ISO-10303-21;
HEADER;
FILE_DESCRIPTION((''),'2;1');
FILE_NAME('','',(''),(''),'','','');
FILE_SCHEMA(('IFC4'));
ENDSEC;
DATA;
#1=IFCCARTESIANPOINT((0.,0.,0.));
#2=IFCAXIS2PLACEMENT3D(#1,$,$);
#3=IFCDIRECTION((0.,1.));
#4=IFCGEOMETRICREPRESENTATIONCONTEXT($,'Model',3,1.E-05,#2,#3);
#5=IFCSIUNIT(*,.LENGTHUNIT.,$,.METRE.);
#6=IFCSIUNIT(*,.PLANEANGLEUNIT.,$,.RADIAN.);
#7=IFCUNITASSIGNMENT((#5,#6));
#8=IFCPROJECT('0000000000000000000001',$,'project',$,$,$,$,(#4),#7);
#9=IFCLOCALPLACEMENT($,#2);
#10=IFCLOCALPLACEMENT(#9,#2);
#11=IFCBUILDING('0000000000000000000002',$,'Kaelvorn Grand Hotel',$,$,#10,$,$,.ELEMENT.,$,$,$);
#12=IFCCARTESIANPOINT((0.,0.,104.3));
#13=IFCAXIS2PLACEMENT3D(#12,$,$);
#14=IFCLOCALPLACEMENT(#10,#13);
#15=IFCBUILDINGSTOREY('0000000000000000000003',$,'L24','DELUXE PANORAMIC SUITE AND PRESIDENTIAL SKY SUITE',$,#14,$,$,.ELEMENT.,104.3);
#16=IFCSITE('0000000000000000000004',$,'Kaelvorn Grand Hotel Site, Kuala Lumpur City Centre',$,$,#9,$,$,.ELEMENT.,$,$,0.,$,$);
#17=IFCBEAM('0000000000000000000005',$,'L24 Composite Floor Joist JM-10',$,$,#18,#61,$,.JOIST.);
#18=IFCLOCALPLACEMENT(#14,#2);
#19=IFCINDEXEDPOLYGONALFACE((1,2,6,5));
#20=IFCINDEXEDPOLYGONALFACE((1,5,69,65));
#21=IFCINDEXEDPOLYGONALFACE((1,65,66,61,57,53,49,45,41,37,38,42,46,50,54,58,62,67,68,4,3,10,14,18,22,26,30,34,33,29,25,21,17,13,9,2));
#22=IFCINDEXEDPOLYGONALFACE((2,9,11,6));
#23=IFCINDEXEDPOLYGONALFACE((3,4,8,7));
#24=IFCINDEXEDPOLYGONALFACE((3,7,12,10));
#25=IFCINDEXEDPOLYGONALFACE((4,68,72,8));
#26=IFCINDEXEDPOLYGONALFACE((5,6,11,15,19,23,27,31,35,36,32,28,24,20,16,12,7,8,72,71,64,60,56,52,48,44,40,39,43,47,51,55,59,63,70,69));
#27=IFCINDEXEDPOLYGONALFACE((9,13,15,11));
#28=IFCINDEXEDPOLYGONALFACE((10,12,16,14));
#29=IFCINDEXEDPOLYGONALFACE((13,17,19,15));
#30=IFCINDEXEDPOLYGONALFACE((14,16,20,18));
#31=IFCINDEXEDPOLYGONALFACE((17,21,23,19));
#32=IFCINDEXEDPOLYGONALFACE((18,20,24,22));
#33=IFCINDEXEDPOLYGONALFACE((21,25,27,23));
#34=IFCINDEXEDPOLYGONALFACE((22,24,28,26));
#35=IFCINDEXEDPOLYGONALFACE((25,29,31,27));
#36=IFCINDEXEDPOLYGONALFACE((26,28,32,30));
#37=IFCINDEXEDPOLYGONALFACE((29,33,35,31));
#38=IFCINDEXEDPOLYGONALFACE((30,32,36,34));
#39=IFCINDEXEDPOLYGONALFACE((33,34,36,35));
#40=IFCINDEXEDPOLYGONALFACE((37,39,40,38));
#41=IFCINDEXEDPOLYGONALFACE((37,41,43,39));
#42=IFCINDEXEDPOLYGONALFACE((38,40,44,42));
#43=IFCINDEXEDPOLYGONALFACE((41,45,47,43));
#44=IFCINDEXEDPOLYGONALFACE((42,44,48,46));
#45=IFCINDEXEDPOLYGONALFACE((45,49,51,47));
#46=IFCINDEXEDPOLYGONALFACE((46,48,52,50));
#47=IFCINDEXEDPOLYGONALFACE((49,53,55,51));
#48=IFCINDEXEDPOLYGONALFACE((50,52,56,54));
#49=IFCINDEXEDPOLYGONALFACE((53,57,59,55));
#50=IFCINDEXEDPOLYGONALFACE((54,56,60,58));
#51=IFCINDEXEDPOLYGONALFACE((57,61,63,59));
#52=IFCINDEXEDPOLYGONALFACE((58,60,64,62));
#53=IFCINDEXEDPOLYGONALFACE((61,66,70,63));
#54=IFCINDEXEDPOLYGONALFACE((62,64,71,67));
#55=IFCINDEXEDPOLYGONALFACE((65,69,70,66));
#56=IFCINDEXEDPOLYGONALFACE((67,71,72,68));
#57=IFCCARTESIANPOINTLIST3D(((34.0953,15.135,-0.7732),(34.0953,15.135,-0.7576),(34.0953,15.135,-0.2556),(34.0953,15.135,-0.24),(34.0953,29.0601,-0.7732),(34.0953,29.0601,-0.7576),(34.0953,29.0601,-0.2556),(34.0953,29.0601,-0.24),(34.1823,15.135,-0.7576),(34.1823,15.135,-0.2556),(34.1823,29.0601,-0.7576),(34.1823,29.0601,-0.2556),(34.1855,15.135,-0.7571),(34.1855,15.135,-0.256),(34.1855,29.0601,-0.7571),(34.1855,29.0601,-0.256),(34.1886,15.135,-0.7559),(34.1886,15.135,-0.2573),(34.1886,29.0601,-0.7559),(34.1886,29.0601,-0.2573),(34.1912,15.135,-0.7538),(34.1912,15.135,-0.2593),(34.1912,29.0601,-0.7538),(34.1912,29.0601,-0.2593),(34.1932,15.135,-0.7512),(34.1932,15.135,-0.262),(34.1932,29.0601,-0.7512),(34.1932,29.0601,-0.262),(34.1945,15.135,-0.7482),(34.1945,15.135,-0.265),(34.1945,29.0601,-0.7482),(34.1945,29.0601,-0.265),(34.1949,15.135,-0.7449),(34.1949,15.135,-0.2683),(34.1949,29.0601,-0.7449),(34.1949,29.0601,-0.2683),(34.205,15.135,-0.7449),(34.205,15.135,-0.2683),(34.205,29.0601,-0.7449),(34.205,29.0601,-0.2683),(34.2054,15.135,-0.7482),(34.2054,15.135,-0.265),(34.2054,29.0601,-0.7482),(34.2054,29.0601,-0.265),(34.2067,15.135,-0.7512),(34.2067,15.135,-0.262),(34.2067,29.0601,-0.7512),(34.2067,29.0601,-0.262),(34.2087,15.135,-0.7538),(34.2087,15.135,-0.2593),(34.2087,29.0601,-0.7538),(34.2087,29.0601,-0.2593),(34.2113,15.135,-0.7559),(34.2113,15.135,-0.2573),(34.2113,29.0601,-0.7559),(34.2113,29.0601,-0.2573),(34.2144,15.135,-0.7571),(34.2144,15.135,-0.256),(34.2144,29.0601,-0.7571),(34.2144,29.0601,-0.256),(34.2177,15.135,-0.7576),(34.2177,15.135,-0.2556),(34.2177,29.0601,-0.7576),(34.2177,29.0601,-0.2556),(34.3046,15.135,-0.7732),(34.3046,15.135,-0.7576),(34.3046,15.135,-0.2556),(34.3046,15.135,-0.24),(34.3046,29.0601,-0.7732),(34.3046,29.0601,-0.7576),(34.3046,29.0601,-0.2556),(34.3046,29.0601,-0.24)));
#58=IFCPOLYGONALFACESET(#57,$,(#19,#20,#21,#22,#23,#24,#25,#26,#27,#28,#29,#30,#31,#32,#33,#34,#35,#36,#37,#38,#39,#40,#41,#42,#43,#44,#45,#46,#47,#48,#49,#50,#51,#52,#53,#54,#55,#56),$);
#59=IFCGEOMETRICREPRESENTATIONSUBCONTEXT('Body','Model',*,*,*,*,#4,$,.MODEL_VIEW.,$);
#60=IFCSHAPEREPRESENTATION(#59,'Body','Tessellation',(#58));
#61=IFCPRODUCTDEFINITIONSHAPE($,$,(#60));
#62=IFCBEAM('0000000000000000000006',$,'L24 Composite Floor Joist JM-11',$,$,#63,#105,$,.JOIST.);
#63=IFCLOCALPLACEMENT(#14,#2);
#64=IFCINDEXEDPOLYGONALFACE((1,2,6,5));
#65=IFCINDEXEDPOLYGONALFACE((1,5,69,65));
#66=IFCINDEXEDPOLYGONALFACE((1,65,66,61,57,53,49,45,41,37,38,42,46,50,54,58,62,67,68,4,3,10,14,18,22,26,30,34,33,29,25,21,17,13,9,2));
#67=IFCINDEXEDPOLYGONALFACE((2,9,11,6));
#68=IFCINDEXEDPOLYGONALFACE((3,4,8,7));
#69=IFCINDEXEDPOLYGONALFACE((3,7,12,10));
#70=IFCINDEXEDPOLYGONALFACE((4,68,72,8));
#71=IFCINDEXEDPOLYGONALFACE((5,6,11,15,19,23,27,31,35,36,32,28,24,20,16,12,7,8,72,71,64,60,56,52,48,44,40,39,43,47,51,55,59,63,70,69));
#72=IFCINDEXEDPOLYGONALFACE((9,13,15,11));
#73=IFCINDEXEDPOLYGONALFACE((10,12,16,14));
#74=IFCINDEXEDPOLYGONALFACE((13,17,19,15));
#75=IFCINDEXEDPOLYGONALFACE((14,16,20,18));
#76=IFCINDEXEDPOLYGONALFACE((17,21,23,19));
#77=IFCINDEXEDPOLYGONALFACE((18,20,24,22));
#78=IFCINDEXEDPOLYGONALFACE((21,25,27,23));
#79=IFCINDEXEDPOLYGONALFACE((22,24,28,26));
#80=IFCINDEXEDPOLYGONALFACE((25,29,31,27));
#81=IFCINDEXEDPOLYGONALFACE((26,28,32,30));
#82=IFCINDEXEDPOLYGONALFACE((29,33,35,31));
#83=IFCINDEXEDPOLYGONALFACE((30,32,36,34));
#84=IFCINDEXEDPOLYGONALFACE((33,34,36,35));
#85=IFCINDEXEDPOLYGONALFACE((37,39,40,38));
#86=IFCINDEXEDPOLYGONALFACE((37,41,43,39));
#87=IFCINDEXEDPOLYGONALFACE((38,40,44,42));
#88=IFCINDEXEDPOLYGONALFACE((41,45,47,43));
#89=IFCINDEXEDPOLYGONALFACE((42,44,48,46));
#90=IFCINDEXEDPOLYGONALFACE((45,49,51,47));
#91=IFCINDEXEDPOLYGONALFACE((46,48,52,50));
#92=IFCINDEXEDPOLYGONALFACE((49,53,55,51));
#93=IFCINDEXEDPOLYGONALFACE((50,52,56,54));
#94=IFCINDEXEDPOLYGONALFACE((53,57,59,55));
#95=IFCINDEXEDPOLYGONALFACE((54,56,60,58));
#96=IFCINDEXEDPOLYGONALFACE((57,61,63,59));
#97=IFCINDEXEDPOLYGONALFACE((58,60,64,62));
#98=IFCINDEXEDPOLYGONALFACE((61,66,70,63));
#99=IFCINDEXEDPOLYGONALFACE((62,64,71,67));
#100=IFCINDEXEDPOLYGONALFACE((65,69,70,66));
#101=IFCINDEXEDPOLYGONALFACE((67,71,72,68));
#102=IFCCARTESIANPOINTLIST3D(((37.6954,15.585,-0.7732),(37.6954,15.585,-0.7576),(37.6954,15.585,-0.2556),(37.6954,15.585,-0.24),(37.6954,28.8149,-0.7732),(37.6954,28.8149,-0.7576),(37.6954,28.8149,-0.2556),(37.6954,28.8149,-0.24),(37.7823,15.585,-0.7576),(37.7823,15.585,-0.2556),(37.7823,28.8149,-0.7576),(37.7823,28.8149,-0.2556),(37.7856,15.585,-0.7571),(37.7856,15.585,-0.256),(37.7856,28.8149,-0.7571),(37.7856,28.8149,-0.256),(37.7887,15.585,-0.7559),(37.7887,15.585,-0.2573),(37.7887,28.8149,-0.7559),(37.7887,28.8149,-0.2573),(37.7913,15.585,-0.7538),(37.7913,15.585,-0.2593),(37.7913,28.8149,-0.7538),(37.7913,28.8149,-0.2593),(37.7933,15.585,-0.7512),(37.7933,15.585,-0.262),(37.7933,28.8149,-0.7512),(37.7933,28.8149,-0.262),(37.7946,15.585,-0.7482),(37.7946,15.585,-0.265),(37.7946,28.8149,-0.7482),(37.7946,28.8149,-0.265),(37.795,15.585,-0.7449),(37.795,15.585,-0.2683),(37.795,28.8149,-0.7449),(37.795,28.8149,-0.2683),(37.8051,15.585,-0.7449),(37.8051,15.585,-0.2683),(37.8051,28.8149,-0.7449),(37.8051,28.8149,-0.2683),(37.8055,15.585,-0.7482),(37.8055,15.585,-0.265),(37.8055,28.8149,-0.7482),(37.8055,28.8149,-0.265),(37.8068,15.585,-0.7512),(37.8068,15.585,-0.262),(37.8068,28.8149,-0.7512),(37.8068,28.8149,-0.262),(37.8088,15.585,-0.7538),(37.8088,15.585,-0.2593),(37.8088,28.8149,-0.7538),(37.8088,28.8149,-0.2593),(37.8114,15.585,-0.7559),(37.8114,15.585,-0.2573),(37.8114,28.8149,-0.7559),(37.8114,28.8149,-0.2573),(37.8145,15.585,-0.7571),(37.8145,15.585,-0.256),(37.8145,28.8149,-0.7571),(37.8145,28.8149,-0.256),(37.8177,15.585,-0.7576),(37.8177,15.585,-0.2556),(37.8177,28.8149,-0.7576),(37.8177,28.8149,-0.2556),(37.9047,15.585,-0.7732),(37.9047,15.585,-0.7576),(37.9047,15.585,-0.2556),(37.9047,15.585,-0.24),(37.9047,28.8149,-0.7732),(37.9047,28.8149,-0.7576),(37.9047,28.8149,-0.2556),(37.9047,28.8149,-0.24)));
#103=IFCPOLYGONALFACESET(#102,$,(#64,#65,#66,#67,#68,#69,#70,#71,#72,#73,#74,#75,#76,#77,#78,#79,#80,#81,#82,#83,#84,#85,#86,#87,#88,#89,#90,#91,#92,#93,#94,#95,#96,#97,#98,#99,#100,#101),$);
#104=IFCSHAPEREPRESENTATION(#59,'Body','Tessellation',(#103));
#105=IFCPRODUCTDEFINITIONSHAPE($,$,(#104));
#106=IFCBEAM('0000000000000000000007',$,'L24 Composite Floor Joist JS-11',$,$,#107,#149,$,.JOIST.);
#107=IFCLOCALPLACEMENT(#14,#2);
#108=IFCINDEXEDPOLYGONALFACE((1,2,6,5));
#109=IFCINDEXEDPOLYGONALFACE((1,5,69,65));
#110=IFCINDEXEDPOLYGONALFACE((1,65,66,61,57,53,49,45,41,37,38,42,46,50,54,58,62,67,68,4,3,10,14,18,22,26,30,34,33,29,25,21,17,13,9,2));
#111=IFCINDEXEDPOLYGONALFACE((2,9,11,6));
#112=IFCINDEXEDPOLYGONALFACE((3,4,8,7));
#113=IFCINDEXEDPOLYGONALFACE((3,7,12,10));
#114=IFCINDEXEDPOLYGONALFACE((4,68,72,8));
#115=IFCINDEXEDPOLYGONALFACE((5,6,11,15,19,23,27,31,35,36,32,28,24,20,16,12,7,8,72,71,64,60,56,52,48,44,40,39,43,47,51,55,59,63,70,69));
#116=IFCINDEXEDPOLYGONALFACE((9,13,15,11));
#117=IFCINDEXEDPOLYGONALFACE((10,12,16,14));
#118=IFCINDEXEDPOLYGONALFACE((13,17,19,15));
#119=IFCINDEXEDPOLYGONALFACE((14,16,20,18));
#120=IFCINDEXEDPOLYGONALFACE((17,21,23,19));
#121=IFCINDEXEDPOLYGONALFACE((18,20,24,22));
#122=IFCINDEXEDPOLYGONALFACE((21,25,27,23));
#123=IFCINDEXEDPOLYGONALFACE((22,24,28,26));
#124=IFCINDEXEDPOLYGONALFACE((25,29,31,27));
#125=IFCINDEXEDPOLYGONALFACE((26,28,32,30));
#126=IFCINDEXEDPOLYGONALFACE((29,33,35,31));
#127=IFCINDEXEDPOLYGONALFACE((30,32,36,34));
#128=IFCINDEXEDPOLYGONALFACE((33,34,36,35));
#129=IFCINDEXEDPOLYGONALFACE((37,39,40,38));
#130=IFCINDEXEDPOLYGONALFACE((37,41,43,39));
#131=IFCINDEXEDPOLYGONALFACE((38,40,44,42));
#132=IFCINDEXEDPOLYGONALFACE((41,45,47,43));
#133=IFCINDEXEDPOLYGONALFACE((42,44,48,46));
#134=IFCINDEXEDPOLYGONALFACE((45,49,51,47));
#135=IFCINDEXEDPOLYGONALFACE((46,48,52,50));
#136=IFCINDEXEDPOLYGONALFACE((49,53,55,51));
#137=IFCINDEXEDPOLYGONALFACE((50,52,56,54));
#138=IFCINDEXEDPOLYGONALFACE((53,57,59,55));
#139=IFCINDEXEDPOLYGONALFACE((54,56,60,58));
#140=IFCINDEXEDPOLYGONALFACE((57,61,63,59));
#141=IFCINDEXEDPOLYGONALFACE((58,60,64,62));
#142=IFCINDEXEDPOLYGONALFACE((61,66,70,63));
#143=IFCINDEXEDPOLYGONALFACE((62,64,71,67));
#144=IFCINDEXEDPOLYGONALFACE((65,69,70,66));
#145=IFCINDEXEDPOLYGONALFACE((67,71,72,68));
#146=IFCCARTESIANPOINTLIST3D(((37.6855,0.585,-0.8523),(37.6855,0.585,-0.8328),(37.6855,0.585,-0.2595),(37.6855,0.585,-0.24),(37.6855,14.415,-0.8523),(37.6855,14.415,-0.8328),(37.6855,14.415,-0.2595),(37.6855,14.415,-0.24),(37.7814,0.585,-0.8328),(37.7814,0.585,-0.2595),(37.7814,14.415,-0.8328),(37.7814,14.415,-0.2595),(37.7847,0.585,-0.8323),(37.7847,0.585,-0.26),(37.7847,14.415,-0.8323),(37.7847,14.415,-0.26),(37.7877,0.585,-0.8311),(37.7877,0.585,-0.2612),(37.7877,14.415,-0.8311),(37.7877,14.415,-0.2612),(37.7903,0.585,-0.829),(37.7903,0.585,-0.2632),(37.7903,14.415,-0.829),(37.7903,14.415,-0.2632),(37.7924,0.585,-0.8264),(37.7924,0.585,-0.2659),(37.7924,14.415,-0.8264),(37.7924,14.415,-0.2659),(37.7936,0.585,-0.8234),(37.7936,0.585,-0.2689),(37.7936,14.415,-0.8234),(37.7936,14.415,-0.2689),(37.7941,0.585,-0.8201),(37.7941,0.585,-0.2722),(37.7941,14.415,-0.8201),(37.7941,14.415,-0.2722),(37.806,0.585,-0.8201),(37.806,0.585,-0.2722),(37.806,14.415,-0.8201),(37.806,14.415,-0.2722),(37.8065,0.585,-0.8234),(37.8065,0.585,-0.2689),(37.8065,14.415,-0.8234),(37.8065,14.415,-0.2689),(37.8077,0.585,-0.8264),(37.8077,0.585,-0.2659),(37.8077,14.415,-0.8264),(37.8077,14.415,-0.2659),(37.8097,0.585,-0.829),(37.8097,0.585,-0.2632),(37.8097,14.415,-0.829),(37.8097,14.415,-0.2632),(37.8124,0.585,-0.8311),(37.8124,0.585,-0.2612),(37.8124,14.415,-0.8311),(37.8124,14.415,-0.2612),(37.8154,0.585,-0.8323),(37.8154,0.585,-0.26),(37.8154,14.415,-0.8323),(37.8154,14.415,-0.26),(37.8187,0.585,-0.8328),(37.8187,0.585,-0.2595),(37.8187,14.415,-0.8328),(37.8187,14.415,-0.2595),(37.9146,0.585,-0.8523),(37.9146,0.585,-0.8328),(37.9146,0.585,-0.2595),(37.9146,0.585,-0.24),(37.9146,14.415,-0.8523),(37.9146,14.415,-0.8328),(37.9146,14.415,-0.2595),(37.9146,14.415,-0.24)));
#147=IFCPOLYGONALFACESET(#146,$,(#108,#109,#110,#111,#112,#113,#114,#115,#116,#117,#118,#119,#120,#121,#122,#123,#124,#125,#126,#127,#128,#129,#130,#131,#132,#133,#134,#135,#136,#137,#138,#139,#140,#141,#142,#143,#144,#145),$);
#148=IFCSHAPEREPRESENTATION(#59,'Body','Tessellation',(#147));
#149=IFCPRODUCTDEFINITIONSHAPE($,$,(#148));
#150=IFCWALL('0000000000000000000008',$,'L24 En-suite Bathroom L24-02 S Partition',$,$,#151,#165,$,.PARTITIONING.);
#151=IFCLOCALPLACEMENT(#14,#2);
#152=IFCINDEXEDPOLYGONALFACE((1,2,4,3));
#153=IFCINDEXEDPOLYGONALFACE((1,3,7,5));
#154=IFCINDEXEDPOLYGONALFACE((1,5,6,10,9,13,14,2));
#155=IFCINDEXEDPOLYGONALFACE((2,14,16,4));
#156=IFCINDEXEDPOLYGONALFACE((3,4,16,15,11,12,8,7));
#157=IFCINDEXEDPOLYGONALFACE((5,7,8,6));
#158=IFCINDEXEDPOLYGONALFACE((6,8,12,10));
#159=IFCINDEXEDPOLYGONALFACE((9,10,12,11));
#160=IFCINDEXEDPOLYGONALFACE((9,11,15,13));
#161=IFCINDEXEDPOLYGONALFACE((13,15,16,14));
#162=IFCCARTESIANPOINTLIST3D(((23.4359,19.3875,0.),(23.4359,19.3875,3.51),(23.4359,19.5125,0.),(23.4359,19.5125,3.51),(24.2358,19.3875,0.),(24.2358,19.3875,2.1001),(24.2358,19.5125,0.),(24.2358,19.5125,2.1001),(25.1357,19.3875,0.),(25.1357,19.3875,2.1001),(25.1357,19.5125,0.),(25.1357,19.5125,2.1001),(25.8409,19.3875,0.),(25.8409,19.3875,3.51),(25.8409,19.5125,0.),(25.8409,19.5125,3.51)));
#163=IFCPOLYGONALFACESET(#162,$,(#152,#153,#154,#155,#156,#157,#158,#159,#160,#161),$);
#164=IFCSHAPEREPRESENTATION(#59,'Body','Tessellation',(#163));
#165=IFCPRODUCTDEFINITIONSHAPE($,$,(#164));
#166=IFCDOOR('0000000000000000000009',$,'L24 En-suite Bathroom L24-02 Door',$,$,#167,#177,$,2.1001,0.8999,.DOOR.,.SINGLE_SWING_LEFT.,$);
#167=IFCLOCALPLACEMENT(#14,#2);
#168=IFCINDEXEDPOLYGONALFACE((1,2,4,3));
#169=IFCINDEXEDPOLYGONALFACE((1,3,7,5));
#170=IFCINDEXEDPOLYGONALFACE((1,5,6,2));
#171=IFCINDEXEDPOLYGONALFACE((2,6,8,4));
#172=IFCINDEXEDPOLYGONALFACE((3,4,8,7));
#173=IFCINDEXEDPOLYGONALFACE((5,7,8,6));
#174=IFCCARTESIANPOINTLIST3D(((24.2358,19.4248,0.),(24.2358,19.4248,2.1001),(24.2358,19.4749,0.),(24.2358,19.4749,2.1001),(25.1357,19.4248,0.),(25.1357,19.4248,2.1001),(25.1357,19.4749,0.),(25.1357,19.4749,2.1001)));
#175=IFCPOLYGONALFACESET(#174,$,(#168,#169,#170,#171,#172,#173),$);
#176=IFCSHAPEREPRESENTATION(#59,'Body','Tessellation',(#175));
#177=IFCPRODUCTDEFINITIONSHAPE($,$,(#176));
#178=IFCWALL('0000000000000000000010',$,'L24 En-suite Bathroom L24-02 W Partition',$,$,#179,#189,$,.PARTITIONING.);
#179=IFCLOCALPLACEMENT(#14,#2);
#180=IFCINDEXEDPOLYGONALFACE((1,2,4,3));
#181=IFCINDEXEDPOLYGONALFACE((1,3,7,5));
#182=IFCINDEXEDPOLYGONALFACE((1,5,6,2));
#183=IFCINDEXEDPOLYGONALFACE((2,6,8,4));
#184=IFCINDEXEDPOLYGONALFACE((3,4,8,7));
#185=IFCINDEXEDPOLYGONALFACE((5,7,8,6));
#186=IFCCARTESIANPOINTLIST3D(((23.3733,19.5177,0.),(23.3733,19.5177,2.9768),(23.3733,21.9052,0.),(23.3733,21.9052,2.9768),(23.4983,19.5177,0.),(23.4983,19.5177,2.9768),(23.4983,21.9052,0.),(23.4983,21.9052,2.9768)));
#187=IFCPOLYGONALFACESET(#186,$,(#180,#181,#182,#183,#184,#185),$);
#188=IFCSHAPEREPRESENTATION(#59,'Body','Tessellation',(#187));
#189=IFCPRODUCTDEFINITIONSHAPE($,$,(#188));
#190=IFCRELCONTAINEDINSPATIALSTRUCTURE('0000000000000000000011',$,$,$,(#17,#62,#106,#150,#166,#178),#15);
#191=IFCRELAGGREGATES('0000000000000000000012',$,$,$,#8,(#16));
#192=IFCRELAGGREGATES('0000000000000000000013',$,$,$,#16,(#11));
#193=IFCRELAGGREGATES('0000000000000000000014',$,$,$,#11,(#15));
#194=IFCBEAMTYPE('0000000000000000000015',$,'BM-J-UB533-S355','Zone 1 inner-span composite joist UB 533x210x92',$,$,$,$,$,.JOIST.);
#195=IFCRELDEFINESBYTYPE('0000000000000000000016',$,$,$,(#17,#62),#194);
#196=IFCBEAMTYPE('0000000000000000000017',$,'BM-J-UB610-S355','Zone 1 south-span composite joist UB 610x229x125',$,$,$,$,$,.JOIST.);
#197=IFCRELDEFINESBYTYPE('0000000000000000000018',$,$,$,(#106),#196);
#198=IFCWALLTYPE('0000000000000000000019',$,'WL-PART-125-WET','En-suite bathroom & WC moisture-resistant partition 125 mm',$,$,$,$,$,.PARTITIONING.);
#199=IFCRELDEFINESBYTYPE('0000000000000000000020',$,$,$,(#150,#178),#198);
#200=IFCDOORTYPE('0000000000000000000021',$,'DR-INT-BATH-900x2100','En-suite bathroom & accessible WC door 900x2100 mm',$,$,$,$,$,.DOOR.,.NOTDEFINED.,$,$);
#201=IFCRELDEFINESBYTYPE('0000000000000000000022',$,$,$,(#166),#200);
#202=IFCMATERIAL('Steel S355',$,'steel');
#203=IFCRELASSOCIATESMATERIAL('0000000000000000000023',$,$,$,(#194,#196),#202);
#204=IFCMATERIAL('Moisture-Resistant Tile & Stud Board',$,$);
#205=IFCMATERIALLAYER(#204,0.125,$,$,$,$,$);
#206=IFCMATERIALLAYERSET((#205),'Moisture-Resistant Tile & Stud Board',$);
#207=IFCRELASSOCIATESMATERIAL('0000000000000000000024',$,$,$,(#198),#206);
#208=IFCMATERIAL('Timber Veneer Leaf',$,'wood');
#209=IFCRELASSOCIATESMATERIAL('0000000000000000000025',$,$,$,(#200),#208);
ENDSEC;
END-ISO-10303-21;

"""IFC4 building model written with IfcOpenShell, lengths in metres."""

from ifc_helpers import new_model, si_unit, direction, frame, frame_2d, origin, origin_2d, place, context, subcontext, project, spatial, rectangle, i_section, extrude, material, layer, layer_set, material_profile, profile_set, type_object, element, fill, save


model = new_model("IFC4")

# Units and contexts
model_context = context("Model", 3, precision=1e-05, world=origin(), true_north=direction((0.0, 1.0)))
body_context = subcontext(model_context, "Body", "Model", "MODEL_VIEW")
ifc_project = project(units=[si_unit("LENGTHUNIT", "METRE"), si_unit("PLANEANGLEUNIT", "RADIAN")], contexts=[model_context])

# Site, building, storey
site_placement = place(None, origin())
site = spatial("IfcSite", under=ifc_project, at=site_placement, Name="Kaelvorn Grand Hotel Site, Kuala Lumpur City Centre", CompositionType="ELEMENT", RefElevation=0.0)
building_placement = place(site_placement, origin())
building = spatial("IfcBuilding", under=site, at=building_placement, Name="Kaelvorn Grand Hotel", CompositionType="ELEMENT")
storey_placement = place(building_placement, frame((0.0, 0.0, 104.3)))
storey = spatial("IfcBuildingStorey", under=building, at=storey_placement, Name="L24", Description="DELUXE PANORAMIC SUITE AND PRESIDENTIAL SKY SUITE", CompositionType="ELEMENT", Elevation=104.3)

# Beams
ifc_material_1 = material(Name="Steel S355", Category="steel")
ifc_material_profile_1 = material_profile(ifc_material_1, i_section(OverallWidth=0.2092, OverallDepth=0.5332, WebThickness=0.01, FlangeThickness=0.0156, FilletRadius=0.0127, at=origin_2d()), Name="UB 533x210x92")
ifc_profile_set_1 = profile_set([ifc_material_profile_1], Name="Steel S355")
beam_type_1 = type_object("IfcBeamType", Name="BM-J-UB533-S355", Description="Zone 1 inner-span composite joist UB 533x210x92", PredefinedType="JOIST", material=ifc_profile_set_1)
beam_1_placement = place(storey_placement, frame((34.2, 15.135, -0.5066), z_axis=(0.0, 1.0, 0.0), x_axis=(-1.0, 0.0, 0.0)))
element("IfcBeam", 1, at=beam_1_placement, inside=storey, type_object=beam_type_1, Name="L24 Composite Floor Joist JM-10", PredefinedType="JOIST", context=body_context, shape_type="SweptSolid", body=[
    extrude(i_section(OverallWidth=0.2092, OverallDepth=0.5332, WebThickness=0.01, FlangeThickness=0.0156, FilletRadius=0.0127, at=origin_2d()), origin(), (0.0, 0.0, 1.0), 13.925),
])
beam_2_placement = place(storey_placement, frame((37.8, 15.585, -0.5066), z_axis=(0.0, 1.0, 0.0), x_axis=(-1.0, 0.0, 0.0)))
element("IfcBeam", 2, at=beam_2_placement, inside=storey, type_object=beam_type_1, Name="L24 Composite Floor Joist JM-11", PredefinedType="JOIST", context=body_context, shape_type="SweptSolid", body=[
    extrude(i_section(OverallWidth=0.2092, OverallDepth=0.5332, WebThickness=0.01, FlangeThickness=0.0156, FilletRadius=0.0127, at=origin_2d()), origin(), (0.0, 0.0, 1.0), 13.23),
])
ifc_material_profile_2 = material_profile(ifc_material_1, i_section(OverallWidth=0.229, OverallDepth=0.6123, WebThickness=0.012, FlangeThickness=0.0195, FilletRadius=0.0127, at=origin_2d()), Name="UB 610x229x125")
ifc_profile_set_2 = profile_set([ifc_material_profile_2], Name="Steel S355")
beam_type_2 = type_object("IfcBeamType", Name="BM-J-UB610-S355", Description="Zone 1 south-span composite joist UB 610x229x125", PredefinedType="JOIST", material=ifc_profile_set_2)
beam_3_placement = place(storey_placement, frame((37.8, 0.585, -0.5461), z_axis=(0.0, 1.0, 0.0), x_axis=(-1.0, 0.0, 0.0)))
element("IfcBeam", 3, at=beam_3_placement, inside=storey, type_object=beam_type_2, Name="L24 Composite Floor Joist JS-11", PredefinedType="JOIST", context=body_context, shape_type="SweptSolid", body=[
    extrude(i_section(OverallWidth=0.229, OverallDepth=0.6123, WebThickness=0.012, FlangeThickness=0.0195, FilletRadius=0.0127, at=origin_2d()), origin(), (0.0, 0.0, 1.0), 13.8301),
])

# Wall, opening, door
ifc_material_2 = material(Name="Moisture-Resistant Tile & Stud Board")
ifc_layer_1 = layer(ifc_material_2, 0.125)
ifc_layer_set_1 = layer_set([ifc_layer_1], Name="Moisture-Resistant Tile & Stud Board")
wall_type_1 = type_object("IfcWallType", Name="WL-PART-125-WET", Description="En-suite bathroom & WC moisture-resistant partition 125 mm", PredefinedType="PARTITIONING", material=ifc_layer_set_1)
wall_1_placement = place(storey_placement, frame((23.4358, 19.45, 0.0), z_axis=(0.0, 0.0, 1.0), x_axis=(1.0, 0.0, 0.0)))
wall_1 = element("IfcWall", 4, at=wall_1_placement, inside=storey, type_object=wall_type_1, Name="L24 En-suite Bathroom L24-02 S Partition", PredefinedType="PARTITIONING", context=body_context, shape_type="SweptSolid", body=[
    extrude(rectangle(XDim=2.405, YDim=0.125, at=frame_2d((1.2026, 0.0))), origin(), (0.0, 0.0, 1.0), 3.51),
])
opening_1_placement = place(wall_1_placement, frame((0.8, 0.0, 0.0)))
opening_1 = element("IfcOpeningElement", 5, at=opening_1_placement, cuts=wall_1, PredefinedType="OPENING", context=body_context, shape_type="SweptSolid", body=[
    extrude(rectangle(XDim=0.8999, YDim=2.1001, at=frame_2d((0.45, 1.05))), frame((0.0, 0.0725, 0.0), z_axis=(0.0, -1.0, 0.0), x_axis=(1.0, 0.0, 0.0)), (0.0, 0.0, 1.0), 0.145),
])
ifc_material_3 = material(Name="Timber Veneer Leaf", Category="wood")
door_type_1 = type_object("IfcDoorType", Name="DR-INT-BATH-900x2100", Description="En-suite bathroom & accessible WC door 900x2100 mm", OperationType="NOTDEFINED", PredefinedType="DOOR", material=ifc_material_3)
door_1_placement = place(opening_1_placement, origin())
door_1 = element("IfcDoor", 6, at=door_1_placement, inside=storey, type_object=door_type_1, Name="L24 En-suite Bathroom L24-02 Door", OperationType="SINGLE_SWING_LEFT", OverallHeight=2.1001, OverallWidth=0.8999, PredefinedType="DOOR", context=body_context, shape_type="SweptSolid", body=[
    extrude(rectangle(XDim=0.8999, YDim=2.1001, at=frame_2d((0.45, 1.05))), frame((0.0, 0.0249, 0.0), z_axis=(0.0, -1.0, 0.0), x_axis=(1.0, 0.0, 0.0)), (0.0, 0.0, 1.0), 0.05),
])
fill(opening_1, door_1)

# Wall
wall_2_placement = place(storey_placement, frame((23.4358, 19.5176, 0.0), z_axis=(0.0, 0.0, 1.0), x_axis=(0.0, 1.0, 0.0)))
element("IfcWall", 7, at=wall_2_placement, inside=storey, type_object=wall_type_1, Name="L24 En-suite Bathroom L24-02 W Partition", PredefinedType="PARTITIONING", context=body_context, shape_type="SweptSolid", body=[
    extrude(rectangle(XDim=2.3875, YDim=0.125, at=frame_2d((1.1938, 0.0))), origin(), (0.0, 0.0, 1.0), 2.9768),
])

save(model, "model.ifc")
